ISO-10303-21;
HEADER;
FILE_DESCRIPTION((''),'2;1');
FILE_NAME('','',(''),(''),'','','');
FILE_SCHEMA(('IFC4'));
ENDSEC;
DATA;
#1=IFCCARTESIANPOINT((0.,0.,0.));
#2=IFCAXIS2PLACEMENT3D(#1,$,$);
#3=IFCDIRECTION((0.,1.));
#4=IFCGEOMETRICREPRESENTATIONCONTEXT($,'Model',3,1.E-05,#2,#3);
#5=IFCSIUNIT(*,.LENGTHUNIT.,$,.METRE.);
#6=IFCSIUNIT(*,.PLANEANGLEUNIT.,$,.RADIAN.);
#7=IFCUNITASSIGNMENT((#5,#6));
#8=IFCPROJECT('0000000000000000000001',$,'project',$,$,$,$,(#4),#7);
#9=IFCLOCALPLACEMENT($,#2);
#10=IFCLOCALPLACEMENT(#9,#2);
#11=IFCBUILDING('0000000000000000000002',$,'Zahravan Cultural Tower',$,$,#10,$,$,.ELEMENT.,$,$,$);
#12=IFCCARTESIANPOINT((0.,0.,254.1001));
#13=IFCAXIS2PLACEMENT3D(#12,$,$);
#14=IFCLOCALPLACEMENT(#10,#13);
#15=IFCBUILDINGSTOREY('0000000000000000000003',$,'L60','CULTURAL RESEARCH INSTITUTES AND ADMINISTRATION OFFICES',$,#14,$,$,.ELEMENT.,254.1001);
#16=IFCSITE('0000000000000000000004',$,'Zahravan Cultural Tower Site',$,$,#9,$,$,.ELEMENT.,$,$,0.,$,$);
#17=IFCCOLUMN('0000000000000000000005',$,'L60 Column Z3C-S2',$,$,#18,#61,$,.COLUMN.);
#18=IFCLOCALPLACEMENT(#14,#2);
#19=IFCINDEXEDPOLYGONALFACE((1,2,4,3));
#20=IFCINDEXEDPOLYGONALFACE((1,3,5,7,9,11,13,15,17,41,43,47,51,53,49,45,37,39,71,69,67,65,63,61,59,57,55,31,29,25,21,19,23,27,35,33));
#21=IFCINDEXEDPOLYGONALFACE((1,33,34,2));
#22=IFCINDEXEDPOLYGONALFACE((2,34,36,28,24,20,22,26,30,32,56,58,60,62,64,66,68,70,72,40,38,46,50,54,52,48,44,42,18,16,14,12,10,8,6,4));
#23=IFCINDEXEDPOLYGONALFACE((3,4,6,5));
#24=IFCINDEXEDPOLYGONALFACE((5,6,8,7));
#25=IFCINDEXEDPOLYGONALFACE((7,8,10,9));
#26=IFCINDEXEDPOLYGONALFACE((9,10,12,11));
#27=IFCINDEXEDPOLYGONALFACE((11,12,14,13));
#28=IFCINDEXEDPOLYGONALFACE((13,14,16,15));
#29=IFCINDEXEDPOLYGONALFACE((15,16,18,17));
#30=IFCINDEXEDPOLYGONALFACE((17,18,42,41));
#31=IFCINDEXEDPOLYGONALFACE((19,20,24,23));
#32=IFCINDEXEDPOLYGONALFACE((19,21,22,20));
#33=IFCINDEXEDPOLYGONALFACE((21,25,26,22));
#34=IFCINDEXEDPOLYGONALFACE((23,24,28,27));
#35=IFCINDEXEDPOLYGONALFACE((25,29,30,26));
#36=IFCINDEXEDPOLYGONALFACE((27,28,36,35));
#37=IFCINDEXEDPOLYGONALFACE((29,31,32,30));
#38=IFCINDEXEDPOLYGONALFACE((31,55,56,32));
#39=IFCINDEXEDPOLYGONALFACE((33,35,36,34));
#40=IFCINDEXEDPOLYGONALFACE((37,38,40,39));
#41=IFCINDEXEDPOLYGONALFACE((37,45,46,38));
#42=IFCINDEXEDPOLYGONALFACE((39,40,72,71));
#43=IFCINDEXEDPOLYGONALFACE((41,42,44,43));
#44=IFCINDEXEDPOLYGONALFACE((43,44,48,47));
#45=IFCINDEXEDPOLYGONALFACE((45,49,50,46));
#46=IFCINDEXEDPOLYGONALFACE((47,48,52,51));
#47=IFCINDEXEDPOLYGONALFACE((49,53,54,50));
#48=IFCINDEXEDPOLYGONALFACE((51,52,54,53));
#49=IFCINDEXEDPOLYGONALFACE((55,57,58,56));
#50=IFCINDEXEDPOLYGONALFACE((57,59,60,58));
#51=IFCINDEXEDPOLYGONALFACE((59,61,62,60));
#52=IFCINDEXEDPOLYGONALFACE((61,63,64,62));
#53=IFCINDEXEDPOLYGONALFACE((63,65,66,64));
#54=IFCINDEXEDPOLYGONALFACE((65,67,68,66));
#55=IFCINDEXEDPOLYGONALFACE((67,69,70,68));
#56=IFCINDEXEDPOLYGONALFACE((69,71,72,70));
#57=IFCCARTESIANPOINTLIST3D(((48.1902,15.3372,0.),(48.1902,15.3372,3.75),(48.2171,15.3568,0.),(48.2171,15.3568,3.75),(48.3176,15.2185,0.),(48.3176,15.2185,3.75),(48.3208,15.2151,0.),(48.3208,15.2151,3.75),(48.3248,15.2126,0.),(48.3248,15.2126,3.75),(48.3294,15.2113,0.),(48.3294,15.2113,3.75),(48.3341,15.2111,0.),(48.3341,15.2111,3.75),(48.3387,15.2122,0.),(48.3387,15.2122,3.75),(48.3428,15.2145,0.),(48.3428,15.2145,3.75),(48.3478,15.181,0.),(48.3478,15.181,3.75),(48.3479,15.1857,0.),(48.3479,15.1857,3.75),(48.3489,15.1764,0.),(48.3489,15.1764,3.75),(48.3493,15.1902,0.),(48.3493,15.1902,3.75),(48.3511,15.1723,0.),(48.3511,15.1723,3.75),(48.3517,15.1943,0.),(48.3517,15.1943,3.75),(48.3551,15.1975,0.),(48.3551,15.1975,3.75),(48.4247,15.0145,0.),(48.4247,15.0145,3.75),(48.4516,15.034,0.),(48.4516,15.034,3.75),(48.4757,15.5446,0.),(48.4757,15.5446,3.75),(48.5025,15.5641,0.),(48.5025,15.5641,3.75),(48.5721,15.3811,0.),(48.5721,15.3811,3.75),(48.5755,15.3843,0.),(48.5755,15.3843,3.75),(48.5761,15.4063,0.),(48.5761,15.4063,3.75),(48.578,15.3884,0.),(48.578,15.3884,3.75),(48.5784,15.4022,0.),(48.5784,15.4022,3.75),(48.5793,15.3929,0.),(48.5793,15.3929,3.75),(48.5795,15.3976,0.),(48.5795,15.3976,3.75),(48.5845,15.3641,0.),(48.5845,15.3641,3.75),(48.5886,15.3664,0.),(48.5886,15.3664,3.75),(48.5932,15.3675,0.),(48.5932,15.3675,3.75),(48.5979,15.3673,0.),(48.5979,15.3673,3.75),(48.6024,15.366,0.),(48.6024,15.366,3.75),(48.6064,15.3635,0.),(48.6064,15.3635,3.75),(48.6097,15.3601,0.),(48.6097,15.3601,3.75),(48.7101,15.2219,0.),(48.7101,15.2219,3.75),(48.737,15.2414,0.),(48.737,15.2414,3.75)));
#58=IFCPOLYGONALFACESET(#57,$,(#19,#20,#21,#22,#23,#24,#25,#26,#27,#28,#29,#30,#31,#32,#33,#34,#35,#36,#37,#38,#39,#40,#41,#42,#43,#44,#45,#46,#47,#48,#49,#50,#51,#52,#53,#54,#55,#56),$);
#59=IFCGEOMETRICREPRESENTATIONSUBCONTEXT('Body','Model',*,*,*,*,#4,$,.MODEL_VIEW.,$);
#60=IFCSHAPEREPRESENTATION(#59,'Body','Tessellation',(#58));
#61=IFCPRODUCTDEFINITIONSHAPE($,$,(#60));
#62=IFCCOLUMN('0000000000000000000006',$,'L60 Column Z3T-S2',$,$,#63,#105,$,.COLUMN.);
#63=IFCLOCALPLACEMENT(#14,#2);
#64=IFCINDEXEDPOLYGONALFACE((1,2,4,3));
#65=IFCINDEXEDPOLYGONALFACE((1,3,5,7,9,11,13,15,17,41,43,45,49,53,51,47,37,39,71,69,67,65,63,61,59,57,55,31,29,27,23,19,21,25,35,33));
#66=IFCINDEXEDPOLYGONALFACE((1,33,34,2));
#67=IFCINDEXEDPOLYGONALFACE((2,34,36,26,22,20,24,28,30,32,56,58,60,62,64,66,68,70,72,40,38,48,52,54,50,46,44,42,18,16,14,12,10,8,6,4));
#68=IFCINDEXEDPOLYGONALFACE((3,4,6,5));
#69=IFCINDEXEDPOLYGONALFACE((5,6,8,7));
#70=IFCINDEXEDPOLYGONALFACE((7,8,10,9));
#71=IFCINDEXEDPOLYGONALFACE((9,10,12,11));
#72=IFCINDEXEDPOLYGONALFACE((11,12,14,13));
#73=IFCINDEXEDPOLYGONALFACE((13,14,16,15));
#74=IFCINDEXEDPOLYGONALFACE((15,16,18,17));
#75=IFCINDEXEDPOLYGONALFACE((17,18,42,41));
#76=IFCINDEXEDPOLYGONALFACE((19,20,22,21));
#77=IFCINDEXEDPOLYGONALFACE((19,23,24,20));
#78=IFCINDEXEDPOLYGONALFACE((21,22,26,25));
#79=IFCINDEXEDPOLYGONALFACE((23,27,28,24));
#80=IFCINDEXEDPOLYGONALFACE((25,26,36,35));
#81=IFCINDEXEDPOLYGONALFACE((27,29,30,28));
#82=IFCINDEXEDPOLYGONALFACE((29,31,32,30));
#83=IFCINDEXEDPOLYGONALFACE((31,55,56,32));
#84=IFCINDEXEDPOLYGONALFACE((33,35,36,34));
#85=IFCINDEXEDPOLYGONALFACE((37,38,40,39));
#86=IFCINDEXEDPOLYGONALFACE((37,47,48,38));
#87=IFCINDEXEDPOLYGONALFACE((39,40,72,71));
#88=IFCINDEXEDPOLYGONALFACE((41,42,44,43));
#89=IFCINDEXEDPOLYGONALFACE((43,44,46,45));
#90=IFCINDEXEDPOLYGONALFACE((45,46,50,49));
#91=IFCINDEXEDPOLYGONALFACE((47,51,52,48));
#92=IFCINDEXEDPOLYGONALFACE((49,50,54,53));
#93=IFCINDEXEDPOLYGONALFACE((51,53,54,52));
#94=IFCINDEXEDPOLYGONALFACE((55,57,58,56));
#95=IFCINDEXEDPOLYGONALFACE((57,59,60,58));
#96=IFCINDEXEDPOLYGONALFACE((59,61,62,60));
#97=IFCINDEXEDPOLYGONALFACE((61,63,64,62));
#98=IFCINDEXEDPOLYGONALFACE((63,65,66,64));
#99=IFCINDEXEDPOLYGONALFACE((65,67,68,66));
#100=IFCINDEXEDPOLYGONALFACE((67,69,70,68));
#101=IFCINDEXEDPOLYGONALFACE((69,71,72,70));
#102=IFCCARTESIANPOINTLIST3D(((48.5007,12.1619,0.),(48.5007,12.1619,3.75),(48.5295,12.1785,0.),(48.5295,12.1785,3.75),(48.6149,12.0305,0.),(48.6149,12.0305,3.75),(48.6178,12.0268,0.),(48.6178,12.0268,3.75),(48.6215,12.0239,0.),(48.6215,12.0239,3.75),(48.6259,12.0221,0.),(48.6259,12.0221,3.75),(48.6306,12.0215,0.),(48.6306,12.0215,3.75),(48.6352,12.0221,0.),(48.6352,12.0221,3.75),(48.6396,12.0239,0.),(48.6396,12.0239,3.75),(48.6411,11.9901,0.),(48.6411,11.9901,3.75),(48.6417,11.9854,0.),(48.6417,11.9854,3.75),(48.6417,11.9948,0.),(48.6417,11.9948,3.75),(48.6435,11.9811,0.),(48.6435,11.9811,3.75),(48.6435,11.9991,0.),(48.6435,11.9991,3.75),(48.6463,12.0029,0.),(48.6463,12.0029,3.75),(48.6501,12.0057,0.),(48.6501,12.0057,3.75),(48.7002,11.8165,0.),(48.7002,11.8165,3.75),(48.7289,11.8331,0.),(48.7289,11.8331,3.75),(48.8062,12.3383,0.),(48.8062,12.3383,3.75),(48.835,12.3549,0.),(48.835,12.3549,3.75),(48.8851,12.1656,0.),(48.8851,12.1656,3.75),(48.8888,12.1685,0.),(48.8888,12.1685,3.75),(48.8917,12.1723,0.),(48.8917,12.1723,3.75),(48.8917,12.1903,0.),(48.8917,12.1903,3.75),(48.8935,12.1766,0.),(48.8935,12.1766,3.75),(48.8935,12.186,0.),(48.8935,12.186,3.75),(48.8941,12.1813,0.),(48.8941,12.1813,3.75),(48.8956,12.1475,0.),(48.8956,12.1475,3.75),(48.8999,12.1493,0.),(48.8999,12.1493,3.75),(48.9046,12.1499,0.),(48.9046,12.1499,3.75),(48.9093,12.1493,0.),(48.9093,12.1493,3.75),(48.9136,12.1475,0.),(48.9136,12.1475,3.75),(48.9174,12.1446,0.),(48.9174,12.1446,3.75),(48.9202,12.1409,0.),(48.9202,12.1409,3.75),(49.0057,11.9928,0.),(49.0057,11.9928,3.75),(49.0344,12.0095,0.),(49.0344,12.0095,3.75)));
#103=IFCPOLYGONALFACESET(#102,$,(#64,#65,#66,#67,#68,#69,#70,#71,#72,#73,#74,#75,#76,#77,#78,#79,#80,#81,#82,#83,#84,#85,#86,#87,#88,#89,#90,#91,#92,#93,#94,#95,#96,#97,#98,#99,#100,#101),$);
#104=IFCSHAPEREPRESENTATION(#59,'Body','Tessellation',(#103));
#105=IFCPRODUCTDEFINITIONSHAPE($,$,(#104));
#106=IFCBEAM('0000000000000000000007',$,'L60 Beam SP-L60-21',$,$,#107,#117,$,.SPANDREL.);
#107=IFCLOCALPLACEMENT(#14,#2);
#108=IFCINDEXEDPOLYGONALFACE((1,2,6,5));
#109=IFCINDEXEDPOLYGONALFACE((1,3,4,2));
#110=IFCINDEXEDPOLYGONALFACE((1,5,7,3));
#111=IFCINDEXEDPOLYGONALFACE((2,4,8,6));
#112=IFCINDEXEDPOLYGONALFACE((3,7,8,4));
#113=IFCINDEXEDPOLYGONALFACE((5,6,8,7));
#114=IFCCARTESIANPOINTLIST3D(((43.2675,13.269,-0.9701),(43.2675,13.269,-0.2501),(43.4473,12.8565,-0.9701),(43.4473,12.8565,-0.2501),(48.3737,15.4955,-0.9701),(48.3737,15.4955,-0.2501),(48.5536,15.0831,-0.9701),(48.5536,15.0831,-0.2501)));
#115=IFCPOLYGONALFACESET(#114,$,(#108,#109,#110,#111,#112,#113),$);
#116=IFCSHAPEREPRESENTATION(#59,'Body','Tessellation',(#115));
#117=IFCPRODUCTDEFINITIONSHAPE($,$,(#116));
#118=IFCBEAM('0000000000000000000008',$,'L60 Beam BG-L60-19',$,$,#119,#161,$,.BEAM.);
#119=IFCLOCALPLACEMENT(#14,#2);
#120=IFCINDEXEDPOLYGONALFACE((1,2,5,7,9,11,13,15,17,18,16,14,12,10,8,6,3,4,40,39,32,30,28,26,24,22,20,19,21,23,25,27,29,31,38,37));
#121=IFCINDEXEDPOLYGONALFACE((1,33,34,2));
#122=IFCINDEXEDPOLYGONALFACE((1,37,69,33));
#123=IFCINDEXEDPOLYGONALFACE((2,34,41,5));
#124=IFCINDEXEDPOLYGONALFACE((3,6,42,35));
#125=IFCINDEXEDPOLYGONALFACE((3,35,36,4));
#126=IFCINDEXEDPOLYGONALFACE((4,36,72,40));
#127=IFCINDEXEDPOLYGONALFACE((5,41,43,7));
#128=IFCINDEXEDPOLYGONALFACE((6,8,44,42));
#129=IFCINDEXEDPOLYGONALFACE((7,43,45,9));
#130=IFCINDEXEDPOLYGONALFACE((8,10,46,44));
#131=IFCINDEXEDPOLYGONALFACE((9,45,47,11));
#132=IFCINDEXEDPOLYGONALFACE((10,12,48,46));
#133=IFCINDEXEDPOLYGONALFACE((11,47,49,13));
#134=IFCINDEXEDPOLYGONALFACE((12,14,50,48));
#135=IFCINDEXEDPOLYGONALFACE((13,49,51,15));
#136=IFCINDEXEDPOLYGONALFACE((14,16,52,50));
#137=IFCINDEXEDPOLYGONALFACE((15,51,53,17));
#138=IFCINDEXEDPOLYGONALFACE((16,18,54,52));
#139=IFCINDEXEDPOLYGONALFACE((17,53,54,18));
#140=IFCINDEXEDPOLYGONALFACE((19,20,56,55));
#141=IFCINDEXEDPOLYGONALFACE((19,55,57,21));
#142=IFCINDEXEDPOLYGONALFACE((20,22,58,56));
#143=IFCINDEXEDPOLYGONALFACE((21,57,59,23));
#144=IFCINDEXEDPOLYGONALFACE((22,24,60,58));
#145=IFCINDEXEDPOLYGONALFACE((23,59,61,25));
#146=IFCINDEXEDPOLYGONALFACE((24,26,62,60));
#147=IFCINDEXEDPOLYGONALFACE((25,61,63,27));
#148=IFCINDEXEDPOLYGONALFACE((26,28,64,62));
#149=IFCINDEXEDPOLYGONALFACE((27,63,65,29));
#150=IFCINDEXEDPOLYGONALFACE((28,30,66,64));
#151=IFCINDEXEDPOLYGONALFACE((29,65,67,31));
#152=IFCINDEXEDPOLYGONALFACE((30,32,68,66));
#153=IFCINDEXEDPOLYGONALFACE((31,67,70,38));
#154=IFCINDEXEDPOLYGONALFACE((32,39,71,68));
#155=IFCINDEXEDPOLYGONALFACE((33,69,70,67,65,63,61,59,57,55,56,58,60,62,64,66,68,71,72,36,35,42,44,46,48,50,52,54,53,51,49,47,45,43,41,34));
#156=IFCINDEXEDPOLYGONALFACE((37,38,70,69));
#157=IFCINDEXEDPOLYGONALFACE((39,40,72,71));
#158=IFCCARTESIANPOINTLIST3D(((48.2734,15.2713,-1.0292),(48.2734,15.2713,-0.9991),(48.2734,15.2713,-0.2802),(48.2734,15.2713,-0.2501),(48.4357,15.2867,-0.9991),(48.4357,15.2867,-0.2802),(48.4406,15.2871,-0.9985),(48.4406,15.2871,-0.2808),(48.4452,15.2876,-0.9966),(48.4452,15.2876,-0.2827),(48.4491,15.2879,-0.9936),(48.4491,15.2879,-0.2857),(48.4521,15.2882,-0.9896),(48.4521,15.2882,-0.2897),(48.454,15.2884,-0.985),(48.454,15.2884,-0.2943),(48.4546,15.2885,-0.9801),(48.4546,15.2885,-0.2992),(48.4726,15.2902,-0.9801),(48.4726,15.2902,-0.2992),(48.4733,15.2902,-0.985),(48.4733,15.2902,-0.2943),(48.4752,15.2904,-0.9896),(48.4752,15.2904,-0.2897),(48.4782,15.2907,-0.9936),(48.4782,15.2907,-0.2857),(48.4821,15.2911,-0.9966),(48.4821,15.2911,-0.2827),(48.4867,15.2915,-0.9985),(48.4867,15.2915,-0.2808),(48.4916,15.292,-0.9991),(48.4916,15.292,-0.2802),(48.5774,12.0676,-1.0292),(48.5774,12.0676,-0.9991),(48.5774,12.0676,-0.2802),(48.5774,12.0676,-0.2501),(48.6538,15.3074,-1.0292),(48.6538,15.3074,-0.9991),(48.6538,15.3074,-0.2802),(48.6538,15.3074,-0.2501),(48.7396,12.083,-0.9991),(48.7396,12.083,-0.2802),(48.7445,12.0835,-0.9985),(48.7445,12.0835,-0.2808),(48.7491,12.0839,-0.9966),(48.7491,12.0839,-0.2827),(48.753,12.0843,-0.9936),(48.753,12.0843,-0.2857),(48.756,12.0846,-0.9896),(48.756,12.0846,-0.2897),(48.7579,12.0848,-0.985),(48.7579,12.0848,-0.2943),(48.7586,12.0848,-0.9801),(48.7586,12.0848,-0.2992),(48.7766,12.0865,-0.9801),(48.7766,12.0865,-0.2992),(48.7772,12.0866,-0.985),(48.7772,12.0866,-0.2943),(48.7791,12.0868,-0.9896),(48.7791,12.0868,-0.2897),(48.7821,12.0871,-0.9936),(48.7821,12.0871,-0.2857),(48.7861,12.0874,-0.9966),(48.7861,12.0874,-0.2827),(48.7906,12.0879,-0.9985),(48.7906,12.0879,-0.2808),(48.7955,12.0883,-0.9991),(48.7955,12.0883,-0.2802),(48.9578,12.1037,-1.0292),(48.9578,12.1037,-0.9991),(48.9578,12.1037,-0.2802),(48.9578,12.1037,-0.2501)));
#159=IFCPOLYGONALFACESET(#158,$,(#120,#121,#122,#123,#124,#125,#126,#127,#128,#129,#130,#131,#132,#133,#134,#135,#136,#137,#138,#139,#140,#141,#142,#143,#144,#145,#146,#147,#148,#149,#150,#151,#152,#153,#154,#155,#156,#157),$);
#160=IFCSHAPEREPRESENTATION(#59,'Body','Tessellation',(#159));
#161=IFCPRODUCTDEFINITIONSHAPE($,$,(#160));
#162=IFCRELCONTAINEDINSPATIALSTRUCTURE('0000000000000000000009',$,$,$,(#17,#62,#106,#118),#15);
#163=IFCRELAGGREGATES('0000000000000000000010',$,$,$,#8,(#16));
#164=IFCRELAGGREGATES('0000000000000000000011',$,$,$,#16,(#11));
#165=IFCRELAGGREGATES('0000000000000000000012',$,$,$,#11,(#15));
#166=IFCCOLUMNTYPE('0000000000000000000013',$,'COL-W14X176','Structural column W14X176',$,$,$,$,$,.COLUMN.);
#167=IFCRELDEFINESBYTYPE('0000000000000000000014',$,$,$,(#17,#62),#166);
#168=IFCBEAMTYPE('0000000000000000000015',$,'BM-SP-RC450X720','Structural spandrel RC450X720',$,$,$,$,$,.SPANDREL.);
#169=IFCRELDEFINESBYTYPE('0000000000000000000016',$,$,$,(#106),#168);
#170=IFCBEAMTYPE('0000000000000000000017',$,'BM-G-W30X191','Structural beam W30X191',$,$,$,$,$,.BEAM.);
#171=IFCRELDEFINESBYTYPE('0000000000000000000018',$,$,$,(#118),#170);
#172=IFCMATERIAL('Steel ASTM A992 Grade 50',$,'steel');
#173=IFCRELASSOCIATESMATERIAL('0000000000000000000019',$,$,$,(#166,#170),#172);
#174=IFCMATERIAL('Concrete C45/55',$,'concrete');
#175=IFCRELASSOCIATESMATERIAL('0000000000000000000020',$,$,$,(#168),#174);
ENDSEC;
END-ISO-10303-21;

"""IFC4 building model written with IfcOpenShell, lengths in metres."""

from ifc_helpers import new_model, si_unit, direction, frame, origin, origin_2d, place, context, subcontext, project, spatial, rectangle, i_section, extrude, source, transform, mapped, material, material_profile, profile_set, type_object, element, save


model = new_model("IFC4")

# Units and contexts
model_context = context("Model", 3, precision=1e-05, world=origin(), true_north=direction((0.0, 1.0)))
body_context = subcontext(model_context, "Body", "Model", "MODEL_VIEW")
ifc_project = project(units=[si_unit("LENGTHUNIT", "METRE"), si_unit("PLANEANGLEUNIT", "RADIAN")], contexts=[model_context])

# Site, building, storey
site_placement = place(None, origin())
site = spatial("IfcSite", under=ifc_project, at=site_placement, Name="Zahravan Cultural Tower Site", CompositionType="ELEMENT", RefElevation=0.0)
building_placement = place(site_placement, origin())
building = spatial("IfcBuilding", under=site, at=building_placement, Name="Zahravan Cultural Tower", CompositionType="ELEMENT")
storey_placement = place(building_placement, frame((0.0, 0.0, 254.1001)))
storey = spatial("IfcBuildingStorey", under=building, at=storey_placement, Name="L60", Description="CULTURAL RESEARCH INSTITUTES AND ADMINISTRATION OFFICES", CompositionType="ELEMENT", Elevation=254.1001)

# Columns
ifc_material_1 = material(Name="Steel ASTM A992 Grade 50", Category="steel")
ifc_material_profile_1 = material_profile(ifc_material_1, i_section(OverallWidth=0.3989, OverallDepth=0.386, WebThickness=0.021, FlangeThickness=0.0332, FilletRadius=0.0181, at=origin_2d()), Name="W14X176")
ifc_profile_set_1 = profile_set([ifc_material_profile_1], Name="Steel ASTM A992 Grade 50")
column_type = type_object("IfcColumnType", Name="COL-W14X176", Description="Structural column W14X176", PredefinedType="COLUMN", material=ifc_profile_set_1)
shared_shape_1 = source(origin(), body_context, "Body", "SweptSolid", [
    extrude(i_section(OverallWidth=0.3989, OverallDepth=0.386, WebThickness=0.021, FlangeThickness=0.0332, FilletRadius=0.0181, at=origin_2d()), origin(), (0.0, 0.0, 1.0), 3.75),
])
for number, where, z_axis, x_axis, name in (
    (1, (48.4636, 15.2893, 0.0), (0.0, 0.0, 1.0), (-0.587785, 0.809017, 0.0), "L60 Column Z3C-S2"),
    (2, (48.7676, 12.0857, 0.0), (0.0, 0.0, 1.0), (-0.5, 0.866025, 0.0), "L60 Column Z3T-S2"),
):
    element("IfcColumn", number, at=place(storey_placement, frame(where, z_axis=z_axis, x_axis=x_axis)), inside=storey, type_object=column_type, Name=name, PredefinedType="COLUMN", context=body_context, shape_type="MappedRepresentation", body=[
        mapped(shared_shape_1, transform((0.0, 0.0, 0.0), x_axis=(1.0, 0.0, 0.0), y_axis=(0.0, 1.0, 0.0), z_axis=(0.0, 0.0, 1.0), scale=1.0)),
    ])

# Beams
ifc_material_2 = material(Name="Concrete C45/55", Category="concrete")
ifc_material_profile_2 = material_profile(ifc_material_2, rectangle(XDim=0.45, YDim=0.72, at=origin_2d()), Name="RC450X720")
ifc_profile_set_2 = profile_set([ifc_material_profile_2], Name="Concrete C45/55")
beam_type_1 = type_object("IfcBeamType", Name="BM-SP-RC450X720", Description="Structural spandrel RC450X720", PredefinedType="SPANDREL", material=ifc_profile_set_2)
shared_shape_2 = source(origin(), body_context, "Body", "SweptSolid", [
    extrude(rectangle(XDim=0.45, YDim=0.72, at=origin_2d()), origin(), (0.0, 0.0, 1.0), 5.5706),
])
beam_1_placement = place(storey_placement, frame((43.3574, 13.0627, -0.6101), z_axis=(0.916645, 0.399703, 0.0), x_axis=(-0.399703, 0.916645, 0.0)))
element("IfcBeam", 3, at=beam_1_placement, inside=storey, type_object=beam_type_1, Name="L60 Beam SP-L60-21", PredefinedType="SPANDREL", context=body_context, shape_type="MappedRepresentation", body=[
    mapped(shared_shape_2, transform((0.0, 0.0, 0.0), x_axis=(1.0, 0.0, 0.0), y_axis=(0.0, 1.0, 0.0), z_axis=(0.0, 0.0, 1.0), scale=1.0)),
])
ifc_material_profile_3 = material_profile(ifc_material_1, i_section(OverallWidth=0.3821, OverallDepth=0.7791, WebThickness=0.0181, FlangeThickness=0.03, FilletRadius=0.019, at=origin_2d()), Name="W30X191")
ifc_profile_set_3 = profile_set([ifc_material_profile_3], Name="Steel ASTM A992 Grade 50")
beam_type_2 = type_object("IfcBeamType", Name="BM-G-W30X191", Description="Structural beam W30X191", PredefinedType="BEAM", material=ifc_profile_set_3)
shared_shape_3 = source(origin(), body_context, "Body", "SweptSolid", [
    extrude(i_section(OverallWidth=0.3821, OverallDepth=0.7791, WebThickness=0.0181, FlangeThickness=0.03, FilletRadius=0.019, at=origin_2d()), origin(), (0.0, 0.0, 1.0), 3.218),
])
beam_2_placement = place(storey_placement, frame((48.4636, 15.2893, -0.6396), z_axis=(0.094455, -0.995529, 0.0), x_axis=(0.995529, 0.094455, 0.0)))
element("IfcBeam", 4, at=beam_2_placement, inside=storey, type_object=beam_type_2, Name="L60 Beam BG-L60-19", PredefinedType="BEAM", context=body_context, shape_type="MappedRepresentation", body=[
    mapped(shared_shape_3, transform((0.0, 0.0, 0.0), x_axis=(1.0, 0.0, 0.0), y_axis=(0.0, 1.0, 0.0), z_axis=(0.0, 0.0, 1.0), scale=1.0)),
])

save(model, "model.ifc")
